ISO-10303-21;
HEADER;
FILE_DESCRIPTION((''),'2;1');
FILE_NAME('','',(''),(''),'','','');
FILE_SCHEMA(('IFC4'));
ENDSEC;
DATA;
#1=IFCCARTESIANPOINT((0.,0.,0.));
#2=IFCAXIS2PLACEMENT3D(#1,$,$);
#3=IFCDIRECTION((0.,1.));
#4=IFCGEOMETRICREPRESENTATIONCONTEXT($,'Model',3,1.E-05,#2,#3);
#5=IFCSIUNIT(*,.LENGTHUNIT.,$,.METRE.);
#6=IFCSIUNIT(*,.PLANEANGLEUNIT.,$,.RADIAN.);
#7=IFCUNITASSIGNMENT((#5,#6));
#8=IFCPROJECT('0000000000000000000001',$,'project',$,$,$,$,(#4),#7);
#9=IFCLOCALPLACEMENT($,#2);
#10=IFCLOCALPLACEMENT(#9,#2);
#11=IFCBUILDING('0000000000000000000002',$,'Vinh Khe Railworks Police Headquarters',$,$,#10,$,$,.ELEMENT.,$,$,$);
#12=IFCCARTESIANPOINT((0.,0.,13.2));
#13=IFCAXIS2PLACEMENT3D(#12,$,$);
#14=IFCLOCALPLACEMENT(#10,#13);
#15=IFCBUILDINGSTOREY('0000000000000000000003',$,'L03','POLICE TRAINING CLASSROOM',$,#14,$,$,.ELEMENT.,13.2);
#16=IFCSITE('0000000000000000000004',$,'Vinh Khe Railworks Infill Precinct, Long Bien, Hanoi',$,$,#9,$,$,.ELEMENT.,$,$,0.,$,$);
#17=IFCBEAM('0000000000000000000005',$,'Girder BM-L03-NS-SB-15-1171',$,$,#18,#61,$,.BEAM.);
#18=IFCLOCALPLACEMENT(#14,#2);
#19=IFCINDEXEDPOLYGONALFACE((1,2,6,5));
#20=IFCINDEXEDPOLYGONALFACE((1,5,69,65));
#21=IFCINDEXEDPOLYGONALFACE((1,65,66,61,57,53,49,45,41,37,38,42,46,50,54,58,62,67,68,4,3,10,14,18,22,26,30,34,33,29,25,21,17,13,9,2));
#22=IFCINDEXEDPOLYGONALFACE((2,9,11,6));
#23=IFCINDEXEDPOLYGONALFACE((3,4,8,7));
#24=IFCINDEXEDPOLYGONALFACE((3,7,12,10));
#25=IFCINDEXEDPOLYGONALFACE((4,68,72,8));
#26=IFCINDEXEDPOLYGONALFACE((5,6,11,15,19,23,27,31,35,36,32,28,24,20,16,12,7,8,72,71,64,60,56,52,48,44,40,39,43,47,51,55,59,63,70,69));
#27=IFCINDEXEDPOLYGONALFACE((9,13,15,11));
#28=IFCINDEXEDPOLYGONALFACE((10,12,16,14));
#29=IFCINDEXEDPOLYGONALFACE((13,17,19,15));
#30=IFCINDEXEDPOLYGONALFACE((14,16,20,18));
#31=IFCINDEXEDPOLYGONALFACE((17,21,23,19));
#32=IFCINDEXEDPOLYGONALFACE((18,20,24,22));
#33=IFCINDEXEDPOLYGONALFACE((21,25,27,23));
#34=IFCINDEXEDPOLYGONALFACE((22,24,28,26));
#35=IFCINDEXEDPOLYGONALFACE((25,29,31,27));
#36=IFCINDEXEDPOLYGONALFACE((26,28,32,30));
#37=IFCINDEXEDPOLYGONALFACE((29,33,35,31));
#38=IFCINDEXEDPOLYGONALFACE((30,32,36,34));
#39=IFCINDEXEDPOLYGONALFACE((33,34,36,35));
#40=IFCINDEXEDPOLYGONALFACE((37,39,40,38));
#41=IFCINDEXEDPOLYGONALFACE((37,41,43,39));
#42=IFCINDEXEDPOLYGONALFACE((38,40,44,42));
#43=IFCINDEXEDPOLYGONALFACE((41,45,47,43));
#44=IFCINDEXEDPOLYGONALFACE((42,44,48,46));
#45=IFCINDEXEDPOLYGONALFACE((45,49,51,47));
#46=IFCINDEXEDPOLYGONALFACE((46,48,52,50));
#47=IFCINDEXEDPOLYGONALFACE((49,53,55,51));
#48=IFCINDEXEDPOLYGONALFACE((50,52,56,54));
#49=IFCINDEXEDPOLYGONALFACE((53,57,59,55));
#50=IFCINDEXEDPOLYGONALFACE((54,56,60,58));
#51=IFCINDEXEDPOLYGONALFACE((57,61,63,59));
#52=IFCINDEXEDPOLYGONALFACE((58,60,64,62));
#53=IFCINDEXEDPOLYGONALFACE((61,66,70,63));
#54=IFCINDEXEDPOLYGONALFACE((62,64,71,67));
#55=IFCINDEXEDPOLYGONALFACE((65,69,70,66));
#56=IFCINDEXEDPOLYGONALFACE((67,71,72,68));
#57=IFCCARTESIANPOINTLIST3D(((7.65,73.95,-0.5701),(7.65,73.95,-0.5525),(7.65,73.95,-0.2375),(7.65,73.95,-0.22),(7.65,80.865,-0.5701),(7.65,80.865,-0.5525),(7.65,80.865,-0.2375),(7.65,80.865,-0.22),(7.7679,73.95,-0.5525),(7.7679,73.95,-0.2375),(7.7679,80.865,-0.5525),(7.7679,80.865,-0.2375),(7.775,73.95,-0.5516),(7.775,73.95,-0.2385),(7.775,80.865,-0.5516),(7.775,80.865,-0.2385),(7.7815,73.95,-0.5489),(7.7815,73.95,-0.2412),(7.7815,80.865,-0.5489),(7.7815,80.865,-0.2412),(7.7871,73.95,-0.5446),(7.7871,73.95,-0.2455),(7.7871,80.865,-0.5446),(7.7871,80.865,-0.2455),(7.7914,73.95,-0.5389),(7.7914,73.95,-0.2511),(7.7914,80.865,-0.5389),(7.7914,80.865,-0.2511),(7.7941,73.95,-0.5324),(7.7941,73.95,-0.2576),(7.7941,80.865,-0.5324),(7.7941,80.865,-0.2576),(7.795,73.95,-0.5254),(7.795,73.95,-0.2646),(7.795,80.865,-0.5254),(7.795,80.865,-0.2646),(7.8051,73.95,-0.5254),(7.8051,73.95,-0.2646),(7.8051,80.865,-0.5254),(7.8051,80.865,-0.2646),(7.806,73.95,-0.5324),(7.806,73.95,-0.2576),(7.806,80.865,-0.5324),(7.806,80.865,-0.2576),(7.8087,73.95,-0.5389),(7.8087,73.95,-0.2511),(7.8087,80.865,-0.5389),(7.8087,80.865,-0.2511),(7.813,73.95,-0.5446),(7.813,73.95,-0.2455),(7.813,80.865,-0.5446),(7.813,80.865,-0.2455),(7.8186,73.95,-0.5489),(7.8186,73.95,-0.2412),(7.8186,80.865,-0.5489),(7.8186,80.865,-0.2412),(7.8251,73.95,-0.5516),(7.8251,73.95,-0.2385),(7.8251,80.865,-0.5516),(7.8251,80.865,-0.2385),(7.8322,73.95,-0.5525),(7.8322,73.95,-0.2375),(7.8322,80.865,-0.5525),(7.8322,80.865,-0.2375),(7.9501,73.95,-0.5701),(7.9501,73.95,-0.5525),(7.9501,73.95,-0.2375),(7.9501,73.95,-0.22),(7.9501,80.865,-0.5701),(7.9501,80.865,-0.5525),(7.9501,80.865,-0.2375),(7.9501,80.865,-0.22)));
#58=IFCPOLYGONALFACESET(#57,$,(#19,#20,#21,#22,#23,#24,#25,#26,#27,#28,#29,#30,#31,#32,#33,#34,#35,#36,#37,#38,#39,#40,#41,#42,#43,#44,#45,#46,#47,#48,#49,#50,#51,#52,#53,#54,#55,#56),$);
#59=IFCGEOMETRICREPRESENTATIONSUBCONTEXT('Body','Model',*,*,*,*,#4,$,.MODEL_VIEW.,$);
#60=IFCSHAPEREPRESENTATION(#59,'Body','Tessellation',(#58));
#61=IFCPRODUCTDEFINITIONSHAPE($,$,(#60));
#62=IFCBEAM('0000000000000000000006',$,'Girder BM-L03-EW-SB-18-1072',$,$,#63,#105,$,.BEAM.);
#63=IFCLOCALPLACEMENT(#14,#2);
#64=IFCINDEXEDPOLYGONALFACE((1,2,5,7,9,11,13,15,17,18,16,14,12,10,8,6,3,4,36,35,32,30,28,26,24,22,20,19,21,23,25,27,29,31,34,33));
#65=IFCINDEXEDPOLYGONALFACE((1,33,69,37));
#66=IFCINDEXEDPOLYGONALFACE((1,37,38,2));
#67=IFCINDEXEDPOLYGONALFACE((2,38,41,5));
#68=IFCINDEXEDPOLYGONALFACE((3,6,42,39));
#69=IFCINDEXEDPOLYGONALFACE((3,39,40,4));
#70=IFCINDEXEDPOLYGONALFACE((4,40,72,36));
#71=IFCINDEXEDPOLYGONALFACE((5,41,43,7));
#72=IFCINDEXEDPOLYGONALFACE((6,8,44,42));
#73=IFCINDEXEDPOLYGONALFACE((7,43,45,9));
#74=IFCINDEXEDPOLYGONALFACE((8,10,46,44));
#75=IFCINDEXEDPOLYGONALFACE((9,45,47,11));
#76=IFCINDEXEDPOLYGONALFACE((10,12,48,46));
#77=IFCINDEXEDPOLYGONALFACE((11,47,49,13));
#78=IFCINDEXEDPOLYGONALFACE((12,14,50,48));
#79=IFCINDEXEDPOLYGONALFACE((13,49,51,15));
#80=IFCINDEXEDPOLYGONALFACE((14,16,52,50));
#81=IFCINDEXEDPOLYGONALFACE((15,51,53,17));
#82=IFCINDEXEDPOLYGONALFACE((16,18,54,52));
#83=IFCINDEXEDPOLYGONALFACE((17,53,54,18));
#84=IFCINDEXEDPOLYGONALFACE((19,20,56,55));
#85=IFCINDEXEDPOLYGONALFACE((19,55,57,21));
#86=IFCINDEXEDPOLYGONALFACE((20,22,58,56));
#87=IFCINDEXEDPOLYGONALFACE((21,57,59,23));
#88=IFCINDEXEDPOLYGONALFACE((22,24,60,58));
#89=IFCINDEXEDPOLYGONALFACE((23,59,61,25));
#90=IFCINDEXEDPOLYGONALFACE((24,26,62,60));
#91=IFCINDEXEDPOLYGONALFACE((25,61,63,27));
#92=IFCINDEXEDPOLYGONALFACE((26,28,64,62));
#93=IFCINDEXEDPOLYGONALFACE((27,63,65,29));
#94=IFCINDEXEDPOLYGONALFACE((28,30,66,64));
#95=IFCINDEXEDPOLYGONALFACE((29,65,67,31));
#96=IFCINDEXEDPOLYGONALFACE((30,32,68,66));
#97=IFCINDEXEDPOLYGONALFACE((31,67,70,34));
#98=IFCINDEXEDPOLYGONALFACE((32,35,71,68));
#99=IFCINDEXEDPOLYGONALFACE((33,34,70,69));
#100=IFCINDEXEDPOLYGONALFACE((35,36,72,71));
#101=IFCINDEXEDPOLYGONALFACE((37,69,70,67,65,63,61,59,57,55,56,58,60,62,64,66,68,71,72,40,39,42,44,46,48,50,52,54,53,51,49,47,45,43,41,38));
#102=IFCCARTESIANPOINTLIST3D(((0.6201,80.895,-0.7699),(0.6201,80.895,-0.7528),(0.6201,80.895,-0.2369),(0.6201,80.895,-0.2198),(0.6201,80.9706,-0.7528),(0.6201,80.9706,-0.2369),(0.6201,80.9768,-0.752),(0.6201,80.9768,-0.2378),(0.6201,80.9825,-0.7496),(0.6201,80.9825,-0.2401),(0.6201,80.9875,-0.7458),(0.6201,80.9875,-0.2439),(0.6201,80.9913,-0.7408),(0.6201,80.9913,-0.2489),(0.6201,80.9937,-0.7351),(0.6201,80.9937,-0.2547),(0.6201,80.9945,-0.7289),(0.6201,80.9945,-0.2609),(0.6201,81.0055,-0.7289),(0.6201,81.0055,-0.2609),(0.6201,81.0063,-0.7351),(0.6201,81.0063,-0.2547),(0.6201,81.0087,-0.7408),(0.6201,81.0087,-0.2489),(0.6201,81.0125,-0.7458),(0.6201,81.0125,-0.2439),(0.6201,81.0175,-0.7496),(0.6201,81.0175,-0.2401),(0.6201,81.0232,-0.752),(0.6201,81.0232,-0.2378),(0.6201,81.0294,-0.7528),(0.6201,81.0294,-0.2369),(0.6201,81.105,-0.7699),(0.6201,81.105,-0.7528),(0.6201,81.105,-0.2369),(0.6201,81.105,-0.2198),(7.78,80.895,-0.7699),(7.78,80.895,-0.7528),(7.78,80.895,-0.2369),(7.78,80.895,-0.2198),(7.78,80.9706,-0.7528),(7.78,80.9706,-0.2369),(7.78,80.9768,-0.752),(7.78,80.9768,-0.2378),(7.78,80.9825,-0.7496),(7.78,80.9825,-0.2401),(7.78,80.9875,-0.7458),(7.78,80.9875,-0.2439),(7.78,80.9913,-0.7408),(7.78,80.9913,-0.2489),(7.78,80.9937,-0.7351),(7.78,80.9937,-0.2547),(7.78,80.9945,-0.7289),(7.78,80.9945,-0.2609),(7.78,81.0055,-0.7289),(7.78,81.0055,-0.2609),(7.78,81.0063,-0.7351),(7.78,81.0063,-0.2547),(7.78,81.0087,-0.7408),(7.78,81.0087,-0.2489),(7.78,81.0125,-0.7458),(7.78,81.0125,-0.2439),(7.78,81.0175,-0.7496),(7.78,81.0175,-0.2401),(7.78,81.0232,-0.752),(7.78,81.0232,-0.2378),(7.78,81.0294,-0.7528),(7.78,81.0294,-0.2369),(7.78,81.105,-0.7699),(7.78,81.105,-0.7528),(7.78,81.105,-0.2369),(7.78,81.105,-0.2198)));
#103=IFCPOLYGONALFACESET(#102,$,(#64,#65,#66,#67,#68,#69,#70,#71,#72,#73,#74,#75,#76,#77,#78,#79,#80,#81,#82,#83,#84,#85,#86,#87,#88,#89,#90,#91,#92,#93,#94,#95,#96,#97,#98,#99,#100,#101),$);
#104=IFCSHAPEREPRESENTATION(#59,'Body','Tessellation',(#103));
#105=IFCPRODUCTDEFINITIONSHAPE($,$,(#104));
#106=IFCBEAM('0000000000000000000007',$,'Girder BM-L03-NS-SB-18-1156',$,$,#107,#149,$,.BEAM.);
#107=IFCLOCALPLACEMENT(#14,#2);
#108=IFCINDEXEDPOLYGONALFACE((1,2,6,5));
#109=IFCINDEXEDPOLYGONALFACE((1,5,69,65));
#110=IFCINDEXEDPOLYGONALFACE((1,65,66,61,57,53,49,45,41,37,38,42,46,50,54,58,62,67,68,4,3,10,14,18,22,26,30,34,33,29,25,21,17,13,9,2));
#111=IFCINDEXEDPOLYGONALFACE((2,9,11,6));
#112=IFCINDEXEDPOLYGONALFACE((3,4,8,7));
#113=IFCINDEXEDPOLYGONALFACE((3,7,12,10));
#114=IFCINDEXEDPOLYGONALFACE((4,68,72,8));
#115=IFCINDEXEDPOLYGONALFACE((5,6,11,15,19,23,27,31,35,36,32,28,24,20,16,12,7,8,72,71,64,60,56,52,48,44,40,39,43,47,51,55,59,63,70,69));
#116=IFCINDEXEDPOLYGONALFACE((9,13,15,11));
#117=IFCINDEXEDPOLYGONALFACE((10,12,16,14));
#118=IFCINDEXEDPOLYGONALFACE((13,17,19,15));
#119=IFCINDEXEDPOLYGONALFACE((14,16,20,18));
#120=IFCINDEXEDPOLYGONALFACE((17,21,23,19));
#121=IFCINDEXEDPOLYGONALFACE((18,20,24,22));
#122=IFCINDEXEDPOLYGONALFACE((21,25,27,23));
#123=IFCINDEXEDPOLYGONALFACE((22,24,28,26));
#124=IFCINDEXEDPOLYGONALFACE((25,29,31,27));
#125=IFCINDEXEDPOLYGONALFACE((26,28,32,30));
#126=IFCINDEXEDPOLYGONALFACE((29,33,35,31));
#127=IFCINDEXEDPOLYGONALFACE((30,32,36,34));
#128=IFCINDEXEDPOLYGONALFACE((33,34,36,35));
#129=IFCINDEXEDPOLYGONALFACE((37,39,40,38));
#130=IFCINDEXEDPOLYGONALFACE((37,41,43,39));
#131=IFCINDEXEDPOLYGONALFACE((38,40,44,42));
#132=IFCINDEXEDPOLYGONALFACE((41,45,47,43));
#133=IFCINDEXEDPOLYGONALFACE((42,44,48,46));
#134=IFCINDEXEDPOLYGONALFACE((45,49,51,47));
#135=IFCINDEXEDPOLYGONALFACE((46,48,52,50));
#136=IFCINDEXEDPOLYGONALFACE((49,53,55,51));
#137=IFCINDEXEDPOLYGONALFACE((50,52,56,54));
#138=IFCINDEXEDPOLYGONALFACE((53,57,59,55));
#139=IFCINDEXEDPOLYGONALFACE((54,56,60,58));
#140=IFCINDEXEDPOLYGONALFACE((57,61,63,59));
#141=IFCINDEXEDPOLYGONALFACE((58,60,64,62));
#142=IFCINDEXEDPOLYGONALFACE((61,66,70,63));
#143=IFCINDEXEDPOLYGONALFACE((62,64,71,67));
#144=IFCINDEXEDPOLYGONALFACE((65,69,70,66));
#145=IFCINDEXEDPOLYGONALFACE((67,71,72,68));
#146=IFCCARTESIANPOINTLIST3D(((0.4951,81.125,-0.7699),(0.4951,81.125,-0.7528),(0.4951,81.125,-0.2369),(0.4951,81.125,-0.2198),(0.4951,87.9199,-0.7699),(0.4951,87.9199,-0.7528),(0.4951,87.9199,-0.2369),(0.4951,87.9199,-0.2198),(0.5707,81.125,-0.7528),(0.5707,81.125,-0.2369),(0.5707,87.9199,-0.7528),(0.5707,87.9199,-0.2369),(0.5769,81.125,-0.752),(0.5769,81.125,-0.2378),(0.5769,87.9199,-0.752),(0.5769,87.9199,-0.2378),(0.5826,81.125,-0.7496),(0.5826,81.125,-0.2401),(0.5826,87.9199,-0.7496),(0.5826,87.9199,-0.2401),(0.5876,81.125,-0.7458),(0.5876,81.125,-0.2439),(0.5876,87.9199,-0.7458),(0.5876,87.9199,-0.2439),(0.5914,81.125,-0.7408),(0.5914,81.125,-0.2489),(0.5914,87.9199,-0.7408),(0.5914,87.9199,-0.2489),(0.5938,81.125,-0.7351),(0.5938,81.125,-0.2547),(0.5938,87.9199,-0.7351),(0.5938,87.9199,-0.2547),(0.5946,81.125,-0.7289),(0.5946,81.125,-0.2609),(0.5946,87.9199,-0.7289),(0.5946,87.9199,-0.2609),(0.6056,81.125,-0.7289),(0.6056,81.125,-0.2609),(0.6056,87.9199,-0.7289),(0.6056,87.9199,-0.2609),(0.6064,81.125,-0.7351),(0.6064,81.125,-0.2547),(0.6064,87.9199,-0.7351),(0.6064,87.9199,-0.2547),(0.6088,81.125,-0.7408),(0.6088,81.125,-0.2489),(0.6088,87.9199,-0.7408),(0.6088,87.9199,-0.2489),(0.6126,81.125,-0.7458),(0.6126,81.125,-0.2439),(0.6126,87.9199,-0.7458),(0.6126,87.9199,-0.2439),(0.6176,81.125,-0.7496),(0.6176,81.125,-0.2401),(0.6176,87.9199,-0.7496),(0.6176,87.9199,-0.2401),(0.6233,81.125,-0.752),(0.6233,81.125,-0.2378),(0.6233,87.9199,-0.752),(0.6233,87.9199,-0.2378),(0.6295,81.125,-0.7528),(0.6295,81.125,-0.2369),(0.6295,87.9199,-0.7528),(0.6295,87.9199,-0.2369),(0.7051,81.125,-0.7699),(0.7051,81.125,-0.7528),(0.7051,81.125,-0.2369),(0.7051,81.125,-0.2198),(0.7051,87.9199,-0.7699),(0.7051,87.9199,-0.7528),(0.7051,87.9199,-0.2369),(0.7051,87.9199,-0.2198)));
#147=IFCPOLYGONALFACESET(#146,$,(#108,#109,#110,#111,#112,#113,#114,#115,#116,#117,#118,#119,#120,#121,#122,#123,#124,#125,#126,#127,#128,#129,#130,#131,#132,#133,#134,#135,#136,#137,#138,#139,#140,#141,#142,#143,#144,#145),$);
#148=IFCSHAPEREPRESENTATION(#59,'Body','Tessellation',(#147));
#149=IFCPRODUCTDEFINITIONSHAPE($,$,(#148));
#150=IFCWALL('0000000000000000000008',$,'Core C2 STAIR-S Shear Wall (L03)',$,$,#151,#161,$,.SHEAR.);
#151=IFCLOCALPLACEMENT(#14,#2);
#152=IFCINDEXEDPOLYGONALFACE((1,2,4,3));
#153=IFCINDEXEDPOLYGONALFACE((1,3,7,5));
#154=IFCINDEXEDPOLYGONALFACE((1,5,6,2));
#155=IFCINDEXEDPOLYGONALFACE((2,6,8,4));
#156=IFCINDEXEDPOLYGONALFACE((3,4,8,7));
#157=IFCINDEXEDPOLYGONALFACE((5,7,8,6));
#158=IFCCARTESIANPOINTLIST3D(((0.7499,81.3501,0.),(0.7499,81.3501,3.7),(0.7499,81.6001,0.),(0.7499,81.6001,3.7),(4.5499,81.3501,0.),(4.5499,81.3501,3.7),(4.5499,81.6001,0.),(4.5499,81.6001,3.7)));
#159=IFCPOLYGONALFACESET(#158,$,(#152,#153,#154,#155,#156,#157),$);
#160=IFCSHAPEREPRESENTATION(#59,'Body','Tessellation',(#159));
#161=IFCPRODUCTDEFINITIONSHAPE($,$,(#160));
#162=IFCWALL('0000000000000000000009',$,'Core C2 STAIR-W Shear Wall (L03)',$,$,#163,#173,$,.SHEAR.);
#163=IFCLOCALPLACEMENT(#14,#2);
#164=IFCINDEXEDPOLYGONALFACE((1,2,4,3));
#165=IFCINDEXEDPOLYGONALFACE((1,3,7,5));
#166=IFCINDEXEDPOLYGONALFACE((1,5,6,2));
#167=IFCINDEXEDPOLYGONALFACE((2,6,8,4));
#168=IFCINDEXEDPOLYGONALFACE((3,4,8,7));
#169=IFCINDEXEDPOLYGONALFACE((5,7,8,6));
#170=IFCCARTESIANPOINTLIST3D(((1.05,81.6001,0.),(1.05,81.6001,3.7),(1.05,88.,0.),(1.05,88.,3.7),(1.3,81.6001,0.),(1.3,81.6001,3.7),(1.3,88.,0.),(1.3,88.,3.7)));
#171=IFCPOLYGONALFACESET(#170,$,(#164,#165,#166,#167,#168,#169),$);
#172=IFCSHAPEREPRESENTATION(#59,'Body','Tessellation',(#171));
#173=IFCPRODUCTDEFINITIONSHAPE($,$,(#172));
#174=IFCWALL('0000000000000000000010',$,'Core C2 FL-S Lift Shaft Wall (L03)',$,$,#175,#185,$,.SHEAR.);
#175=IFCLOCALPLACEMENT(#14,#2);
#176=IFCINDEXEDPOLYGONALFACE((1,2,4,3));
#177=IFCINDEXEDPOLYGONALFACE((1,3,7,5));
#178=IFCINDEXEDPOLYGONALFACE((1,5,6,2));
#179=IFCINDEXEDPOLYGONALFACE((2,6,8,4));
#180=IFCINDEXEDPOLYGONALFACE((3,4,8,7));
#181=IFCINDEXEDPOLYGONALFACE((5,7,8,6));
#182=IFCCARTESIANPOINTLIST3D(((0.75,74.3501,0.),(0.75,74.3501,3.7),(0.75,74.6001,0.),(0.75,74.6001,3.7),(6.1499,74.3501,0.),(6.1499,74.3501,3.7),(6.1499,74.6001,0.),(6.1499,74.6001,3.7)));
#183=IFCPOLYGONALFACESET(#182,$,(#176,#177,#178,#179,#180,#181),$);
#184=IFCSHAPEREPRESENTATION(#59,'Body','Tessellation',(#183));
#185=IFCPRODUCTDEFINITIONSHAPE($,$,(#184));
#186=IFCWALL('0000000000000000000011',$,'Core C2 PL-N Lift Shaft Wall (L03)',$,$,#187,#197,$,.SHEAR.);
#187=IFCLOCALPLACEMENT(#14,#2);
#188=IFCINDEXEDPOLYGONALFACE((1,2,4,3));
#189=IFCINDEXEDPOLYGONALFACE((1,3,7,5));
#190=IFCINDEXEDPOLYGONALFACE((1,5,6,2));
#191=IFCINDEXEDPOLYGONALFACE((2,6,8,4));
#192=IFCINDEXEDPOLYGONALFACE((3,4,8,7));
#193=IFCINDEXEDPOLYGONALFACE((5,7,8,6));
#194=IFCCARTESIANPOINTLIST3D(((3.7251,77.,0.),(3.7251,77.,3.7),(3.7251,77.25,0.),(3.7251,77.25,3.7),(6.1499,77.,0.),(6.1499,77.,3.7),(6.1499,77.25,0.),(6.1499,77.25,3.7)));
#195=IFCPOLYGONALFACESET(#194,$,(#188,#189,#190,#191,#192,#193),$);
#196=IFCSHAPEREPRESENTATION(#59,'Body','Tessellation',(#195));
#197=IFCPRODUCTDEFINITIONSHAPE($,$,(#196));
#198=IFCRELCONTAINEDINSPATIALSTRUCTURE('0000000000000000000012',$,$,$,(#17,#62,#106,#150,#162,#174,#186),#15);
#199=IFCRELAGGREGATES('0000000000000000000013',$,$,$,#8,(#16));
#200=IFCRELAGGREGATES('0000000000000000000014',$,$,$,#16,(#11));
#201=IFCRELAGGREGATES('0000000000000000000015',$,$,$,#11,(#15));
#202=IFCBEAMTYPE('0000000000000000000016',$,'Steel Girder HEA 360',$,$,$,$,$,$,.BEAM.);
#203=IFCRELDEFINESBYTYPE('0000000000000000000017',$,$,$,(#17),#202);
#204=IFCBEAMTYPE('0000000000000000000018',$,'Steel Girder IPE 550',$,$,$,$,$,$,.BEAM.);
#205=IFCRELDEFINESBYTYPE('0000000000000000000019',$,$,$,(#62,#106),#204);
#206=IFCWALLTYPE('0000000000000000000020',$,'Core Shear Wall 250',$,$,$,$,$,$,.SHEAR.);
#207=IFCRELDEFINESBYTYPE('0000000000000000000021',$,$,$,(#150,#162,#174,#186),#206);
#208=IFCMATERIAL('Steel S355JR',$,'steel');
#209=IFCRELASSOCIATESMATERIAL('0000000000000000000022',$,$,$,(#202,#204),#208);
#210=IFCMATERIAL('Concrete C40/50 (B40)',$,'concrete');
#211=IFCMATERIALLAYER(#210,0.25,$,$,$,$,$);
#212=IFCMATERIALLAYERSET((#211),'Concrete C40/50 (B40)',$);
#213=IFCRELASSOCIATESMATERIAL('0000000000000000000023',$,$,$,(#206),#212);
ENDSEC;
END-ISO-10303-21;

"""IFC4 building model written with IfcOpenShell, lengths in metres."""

from ifc_helpers import new_model, si_unit, direction, frame, frame_2d, origin, origin_2d, place, context, subcontext, project, spatial, rectangle, i_section, extrude, material, layer, layer_set, material_profile, profile_set, type_object, element, save


model = new_model("IFC4")

# Units and contexts
model_context = context("Model", 3, precision=1e-05, world=origin(), true_north=direction((0.0, 1.0)))
body_context = subcontext(model_context, "Body", "Model", "MODEL_VIEW")
ifc_project = project(units=[si_unit("LENGTHUNIT", "METRE"), si_unit("PLANEANGLEUNIT", "RADIAN")], contexts=[model_context])

# Site, building, storey
site_placement = place(None, origin())
site = spatial("IfcSite", under=ifc_project, at=site_placement, Name="Vinh Khe Railworks Infill Precinct, Long Bien, Hanoi", CompositionType="ELEMENT", RefElevation=0.0)
building_placement = place(site_placement, origin())
building = spatial("IfcBuilding", under=site, at=building_placement, Name="Vinh Khe Railworks Police Headquarters", CompositionType="ELEMENT")
storey_placement = place(building_placement, frame((0.0, 0.0, 13.2)))
storey = spatial("IfcBuildingStorey", under=building, at=storey_placement, Name="L03", Description="POLICE TRAINING CLASSROOM", CompositionType="ELEMENT", Elevation=13.2)

# Shared definitions
ifc_material_1 = material(Name="Steel S355JR", Category="steel")

# Beams
ifc_material_profile_1 = material_profile(ifc_material_1, i_section(OverallWidth=0.3, OverallDepth=0.3501, WebThickness=0.01, FlangeThickness=0.0176, FilletRadius=0.0271, at=origin_2d()), Name="HEA 360")
ifc_profile_set_1 = profile_set([ifc_material_profile_1], Name="Steel S355JR")
beam_type_1 = type_object("IfcBeamType", Name="Steel Girder HEA 360", PredefinedType="BEAM", material=ifc_profile_set_1)
beam_1_placement = place(storey_placement, frame((7.8, 73.95, -0.395), z_axis=(0.0, 1.0, 0.0), x_axis=(-1.0, 0.0, 0.0)))
element("IfcBeam", 1, at=beam_1_placement, inside=storey, type_object=beam_type_1, Name="Girder BM-L03-NS-SB-15-1171", PredefinedType="BEAM", context=body_context, shape_type="SweptSolid", body=[
    extrude(i_section(OverallWidth=0.3, OverallDepth=0.3501, WebThickness=0.01, FlangeThickness=0.0176, FilletRadius=0.0271, at=origin_2d()), origin(), (0.0, 0.0, 1.0), 6.915),
])
ifc_material_profile_2 = material_profile(ifc_material_1, i_section(OverallWidth=0.21, OverallDepth=0.55, WebThickness=0.011, FlangeThickness=0.0171, FilletRadius=0.0239, at=origin_2d()), Name="IPE 550")
ifc_profile_set_2 = profile_set([ifc_material_profile_2], Name="Steel S355JR")
beam_type_2 = type_object("IfcBeamType", Name="Steel Girder IPE 550", PredefinedType="BEAM", material=ifc_profile_set_2)
beam_2_placement = place(storey_placement, frame((0.6201, 81.0, -0.4949), z_axis=(1.0, 0.0, 0.0), x_axis=(0.0, 1.0, 0.0)))
element("IfcBeam", 2, at=beam_2_placement, inside=storey, type_object=beam_type_2, Name="Girder BM-L03-EW-SB-18-1072", PredefinedType="BEAM", context=body_context, shape_type="SweptSolid", body=[
    extrude(i_section(OverallWidth=0.21, OverallDepth=0.55, WebThickness=0.011, FlangeThickness=0.0171, FilletRadius=0.0239, at=origin_2d()), origin(), (0.0, 0.0, 1.0), 7.1599),
])
beam_3_placement = place(storey_placement, frame((0.6001, 81.125, -0.4949), z_axis=(0.0, 1.0, 0.0), x_axis=(-1.0, 0.0, 0.0)))
element("IfcBeam", 3, at=beam_3_placement, inside=storey, type_object=beam_type_2, Name="Girder BM-L03-NS-SB-18-1156", PredefinedType="BEAM", context=body_context, shape_type="SweptSolid", body=[
    extrude(i_section(OverallWidth=0.21, OverallDepth=0.55, WebThickness=0.011, FlangeThickness=0.0171, FilletRadius=0.0239, at=origin_2d()), origin(), (0.0, 0.0, 1.0), 6.7949),
])

# Walls
ifc_material_2 = material(Name="Concrete C40/50 (B40)", Category="concrete")
ifc_layer_1 = layer(ifc_material_2, 0.25)
ifc_layer_set_1 = layer_set([ifc_layer_1], Name="Concrete C40/50 (B40)")
wall_type_1 = type_object("IfcWallType", Name="Core Shear Wall 250", PredefinedType="SHEAR", material=ifc_layer_set_1)
wall_1_placement = place(storey_placement, frame((0.75, 81.4751, 0.0), z_axis=(0.0, 0.0, 1.0), x_axis=(1.0, 0.0, 0.0)))
element("IfcWall", 4, at=wall_1_placement, inside=storey, type_object=wall_type_1, Name="Core C2 STAIR-S Shear Wall (L03)", PredefinedType="SHEAR", context=body_context, shape_type="SweptSolid", body=[
    extrude(rectangle(XDim=3.8, YDim=0.25, at=frame_2d((1.8999, 0.0))), origin(), (0.0, 0.0, 1.0), 3.7),
])
wall_2_placement = place(storey_placement, frame((1.175, 81.6001, 0.0), z_axis=(0.0, 0.0, 1.0), x_axis=(0.0, 1.0, 0.0)))
element("IfcWall", 5, at=wall_2_placement, inside=storey, type_object=wall_type_1, Name="Core C2 STAIR-W Shear Wall (L03)", PredefinedType="SHEAR", context=body_context, shape_type="SweptSolid", body=[
    extrude(rectangle(XDim=6.3999, YDim=0.25, at=frame_2d((3.2, 0.0))), origin(), (0.0, 0.0, 1.0), 3.7),
])

# Wall
wall_3_placement = place(storey_placement, frame((0.75, 74.4751, 0.0), z_axis=(0.0, 0.0, 1.0), x_axis=(1.0, 0.0, 0.0)))
element("IfcWall", 6, at=wall_3_placement, inside=storey, type_object=wall_type_1, Name="Core C2 FL-S Lift Shaft Wall (L03)", PredefinedType="SHEAR", context=body_context, shape_type="SweptSolid", body=[
    extrude(rectangle(XDim=5.3999, YDim=0.25, at=frame_2d((2.7, 0.0))), origin(), (0.0, 0.0, 1.0), 3.7),
])

# Wall
wall_4_placement = place(storey_placement, frame((3.7251, 77.125, 0.0), z_axis=(0.0, 0.0, 1.0), x_axis=(1.0, 0.0, 0.0)))
element("IfcWall", 7, at=wall_4_placement, inside=storey, type_object=wall_type_1, Name="Core C2 PL-N Lift Shaft Wall (L03)", PredefinedType="SHEAR", context=body_context, shape_type="SweptSolid", body=[
    extrude(rectangle(XDim=2.4248, YDim=0.25, at=frame_2d((1.2124, 0.0))), origin(), (0.0, 0.0, 1.0), 3.7),
])

save(model, "model.ifc")
